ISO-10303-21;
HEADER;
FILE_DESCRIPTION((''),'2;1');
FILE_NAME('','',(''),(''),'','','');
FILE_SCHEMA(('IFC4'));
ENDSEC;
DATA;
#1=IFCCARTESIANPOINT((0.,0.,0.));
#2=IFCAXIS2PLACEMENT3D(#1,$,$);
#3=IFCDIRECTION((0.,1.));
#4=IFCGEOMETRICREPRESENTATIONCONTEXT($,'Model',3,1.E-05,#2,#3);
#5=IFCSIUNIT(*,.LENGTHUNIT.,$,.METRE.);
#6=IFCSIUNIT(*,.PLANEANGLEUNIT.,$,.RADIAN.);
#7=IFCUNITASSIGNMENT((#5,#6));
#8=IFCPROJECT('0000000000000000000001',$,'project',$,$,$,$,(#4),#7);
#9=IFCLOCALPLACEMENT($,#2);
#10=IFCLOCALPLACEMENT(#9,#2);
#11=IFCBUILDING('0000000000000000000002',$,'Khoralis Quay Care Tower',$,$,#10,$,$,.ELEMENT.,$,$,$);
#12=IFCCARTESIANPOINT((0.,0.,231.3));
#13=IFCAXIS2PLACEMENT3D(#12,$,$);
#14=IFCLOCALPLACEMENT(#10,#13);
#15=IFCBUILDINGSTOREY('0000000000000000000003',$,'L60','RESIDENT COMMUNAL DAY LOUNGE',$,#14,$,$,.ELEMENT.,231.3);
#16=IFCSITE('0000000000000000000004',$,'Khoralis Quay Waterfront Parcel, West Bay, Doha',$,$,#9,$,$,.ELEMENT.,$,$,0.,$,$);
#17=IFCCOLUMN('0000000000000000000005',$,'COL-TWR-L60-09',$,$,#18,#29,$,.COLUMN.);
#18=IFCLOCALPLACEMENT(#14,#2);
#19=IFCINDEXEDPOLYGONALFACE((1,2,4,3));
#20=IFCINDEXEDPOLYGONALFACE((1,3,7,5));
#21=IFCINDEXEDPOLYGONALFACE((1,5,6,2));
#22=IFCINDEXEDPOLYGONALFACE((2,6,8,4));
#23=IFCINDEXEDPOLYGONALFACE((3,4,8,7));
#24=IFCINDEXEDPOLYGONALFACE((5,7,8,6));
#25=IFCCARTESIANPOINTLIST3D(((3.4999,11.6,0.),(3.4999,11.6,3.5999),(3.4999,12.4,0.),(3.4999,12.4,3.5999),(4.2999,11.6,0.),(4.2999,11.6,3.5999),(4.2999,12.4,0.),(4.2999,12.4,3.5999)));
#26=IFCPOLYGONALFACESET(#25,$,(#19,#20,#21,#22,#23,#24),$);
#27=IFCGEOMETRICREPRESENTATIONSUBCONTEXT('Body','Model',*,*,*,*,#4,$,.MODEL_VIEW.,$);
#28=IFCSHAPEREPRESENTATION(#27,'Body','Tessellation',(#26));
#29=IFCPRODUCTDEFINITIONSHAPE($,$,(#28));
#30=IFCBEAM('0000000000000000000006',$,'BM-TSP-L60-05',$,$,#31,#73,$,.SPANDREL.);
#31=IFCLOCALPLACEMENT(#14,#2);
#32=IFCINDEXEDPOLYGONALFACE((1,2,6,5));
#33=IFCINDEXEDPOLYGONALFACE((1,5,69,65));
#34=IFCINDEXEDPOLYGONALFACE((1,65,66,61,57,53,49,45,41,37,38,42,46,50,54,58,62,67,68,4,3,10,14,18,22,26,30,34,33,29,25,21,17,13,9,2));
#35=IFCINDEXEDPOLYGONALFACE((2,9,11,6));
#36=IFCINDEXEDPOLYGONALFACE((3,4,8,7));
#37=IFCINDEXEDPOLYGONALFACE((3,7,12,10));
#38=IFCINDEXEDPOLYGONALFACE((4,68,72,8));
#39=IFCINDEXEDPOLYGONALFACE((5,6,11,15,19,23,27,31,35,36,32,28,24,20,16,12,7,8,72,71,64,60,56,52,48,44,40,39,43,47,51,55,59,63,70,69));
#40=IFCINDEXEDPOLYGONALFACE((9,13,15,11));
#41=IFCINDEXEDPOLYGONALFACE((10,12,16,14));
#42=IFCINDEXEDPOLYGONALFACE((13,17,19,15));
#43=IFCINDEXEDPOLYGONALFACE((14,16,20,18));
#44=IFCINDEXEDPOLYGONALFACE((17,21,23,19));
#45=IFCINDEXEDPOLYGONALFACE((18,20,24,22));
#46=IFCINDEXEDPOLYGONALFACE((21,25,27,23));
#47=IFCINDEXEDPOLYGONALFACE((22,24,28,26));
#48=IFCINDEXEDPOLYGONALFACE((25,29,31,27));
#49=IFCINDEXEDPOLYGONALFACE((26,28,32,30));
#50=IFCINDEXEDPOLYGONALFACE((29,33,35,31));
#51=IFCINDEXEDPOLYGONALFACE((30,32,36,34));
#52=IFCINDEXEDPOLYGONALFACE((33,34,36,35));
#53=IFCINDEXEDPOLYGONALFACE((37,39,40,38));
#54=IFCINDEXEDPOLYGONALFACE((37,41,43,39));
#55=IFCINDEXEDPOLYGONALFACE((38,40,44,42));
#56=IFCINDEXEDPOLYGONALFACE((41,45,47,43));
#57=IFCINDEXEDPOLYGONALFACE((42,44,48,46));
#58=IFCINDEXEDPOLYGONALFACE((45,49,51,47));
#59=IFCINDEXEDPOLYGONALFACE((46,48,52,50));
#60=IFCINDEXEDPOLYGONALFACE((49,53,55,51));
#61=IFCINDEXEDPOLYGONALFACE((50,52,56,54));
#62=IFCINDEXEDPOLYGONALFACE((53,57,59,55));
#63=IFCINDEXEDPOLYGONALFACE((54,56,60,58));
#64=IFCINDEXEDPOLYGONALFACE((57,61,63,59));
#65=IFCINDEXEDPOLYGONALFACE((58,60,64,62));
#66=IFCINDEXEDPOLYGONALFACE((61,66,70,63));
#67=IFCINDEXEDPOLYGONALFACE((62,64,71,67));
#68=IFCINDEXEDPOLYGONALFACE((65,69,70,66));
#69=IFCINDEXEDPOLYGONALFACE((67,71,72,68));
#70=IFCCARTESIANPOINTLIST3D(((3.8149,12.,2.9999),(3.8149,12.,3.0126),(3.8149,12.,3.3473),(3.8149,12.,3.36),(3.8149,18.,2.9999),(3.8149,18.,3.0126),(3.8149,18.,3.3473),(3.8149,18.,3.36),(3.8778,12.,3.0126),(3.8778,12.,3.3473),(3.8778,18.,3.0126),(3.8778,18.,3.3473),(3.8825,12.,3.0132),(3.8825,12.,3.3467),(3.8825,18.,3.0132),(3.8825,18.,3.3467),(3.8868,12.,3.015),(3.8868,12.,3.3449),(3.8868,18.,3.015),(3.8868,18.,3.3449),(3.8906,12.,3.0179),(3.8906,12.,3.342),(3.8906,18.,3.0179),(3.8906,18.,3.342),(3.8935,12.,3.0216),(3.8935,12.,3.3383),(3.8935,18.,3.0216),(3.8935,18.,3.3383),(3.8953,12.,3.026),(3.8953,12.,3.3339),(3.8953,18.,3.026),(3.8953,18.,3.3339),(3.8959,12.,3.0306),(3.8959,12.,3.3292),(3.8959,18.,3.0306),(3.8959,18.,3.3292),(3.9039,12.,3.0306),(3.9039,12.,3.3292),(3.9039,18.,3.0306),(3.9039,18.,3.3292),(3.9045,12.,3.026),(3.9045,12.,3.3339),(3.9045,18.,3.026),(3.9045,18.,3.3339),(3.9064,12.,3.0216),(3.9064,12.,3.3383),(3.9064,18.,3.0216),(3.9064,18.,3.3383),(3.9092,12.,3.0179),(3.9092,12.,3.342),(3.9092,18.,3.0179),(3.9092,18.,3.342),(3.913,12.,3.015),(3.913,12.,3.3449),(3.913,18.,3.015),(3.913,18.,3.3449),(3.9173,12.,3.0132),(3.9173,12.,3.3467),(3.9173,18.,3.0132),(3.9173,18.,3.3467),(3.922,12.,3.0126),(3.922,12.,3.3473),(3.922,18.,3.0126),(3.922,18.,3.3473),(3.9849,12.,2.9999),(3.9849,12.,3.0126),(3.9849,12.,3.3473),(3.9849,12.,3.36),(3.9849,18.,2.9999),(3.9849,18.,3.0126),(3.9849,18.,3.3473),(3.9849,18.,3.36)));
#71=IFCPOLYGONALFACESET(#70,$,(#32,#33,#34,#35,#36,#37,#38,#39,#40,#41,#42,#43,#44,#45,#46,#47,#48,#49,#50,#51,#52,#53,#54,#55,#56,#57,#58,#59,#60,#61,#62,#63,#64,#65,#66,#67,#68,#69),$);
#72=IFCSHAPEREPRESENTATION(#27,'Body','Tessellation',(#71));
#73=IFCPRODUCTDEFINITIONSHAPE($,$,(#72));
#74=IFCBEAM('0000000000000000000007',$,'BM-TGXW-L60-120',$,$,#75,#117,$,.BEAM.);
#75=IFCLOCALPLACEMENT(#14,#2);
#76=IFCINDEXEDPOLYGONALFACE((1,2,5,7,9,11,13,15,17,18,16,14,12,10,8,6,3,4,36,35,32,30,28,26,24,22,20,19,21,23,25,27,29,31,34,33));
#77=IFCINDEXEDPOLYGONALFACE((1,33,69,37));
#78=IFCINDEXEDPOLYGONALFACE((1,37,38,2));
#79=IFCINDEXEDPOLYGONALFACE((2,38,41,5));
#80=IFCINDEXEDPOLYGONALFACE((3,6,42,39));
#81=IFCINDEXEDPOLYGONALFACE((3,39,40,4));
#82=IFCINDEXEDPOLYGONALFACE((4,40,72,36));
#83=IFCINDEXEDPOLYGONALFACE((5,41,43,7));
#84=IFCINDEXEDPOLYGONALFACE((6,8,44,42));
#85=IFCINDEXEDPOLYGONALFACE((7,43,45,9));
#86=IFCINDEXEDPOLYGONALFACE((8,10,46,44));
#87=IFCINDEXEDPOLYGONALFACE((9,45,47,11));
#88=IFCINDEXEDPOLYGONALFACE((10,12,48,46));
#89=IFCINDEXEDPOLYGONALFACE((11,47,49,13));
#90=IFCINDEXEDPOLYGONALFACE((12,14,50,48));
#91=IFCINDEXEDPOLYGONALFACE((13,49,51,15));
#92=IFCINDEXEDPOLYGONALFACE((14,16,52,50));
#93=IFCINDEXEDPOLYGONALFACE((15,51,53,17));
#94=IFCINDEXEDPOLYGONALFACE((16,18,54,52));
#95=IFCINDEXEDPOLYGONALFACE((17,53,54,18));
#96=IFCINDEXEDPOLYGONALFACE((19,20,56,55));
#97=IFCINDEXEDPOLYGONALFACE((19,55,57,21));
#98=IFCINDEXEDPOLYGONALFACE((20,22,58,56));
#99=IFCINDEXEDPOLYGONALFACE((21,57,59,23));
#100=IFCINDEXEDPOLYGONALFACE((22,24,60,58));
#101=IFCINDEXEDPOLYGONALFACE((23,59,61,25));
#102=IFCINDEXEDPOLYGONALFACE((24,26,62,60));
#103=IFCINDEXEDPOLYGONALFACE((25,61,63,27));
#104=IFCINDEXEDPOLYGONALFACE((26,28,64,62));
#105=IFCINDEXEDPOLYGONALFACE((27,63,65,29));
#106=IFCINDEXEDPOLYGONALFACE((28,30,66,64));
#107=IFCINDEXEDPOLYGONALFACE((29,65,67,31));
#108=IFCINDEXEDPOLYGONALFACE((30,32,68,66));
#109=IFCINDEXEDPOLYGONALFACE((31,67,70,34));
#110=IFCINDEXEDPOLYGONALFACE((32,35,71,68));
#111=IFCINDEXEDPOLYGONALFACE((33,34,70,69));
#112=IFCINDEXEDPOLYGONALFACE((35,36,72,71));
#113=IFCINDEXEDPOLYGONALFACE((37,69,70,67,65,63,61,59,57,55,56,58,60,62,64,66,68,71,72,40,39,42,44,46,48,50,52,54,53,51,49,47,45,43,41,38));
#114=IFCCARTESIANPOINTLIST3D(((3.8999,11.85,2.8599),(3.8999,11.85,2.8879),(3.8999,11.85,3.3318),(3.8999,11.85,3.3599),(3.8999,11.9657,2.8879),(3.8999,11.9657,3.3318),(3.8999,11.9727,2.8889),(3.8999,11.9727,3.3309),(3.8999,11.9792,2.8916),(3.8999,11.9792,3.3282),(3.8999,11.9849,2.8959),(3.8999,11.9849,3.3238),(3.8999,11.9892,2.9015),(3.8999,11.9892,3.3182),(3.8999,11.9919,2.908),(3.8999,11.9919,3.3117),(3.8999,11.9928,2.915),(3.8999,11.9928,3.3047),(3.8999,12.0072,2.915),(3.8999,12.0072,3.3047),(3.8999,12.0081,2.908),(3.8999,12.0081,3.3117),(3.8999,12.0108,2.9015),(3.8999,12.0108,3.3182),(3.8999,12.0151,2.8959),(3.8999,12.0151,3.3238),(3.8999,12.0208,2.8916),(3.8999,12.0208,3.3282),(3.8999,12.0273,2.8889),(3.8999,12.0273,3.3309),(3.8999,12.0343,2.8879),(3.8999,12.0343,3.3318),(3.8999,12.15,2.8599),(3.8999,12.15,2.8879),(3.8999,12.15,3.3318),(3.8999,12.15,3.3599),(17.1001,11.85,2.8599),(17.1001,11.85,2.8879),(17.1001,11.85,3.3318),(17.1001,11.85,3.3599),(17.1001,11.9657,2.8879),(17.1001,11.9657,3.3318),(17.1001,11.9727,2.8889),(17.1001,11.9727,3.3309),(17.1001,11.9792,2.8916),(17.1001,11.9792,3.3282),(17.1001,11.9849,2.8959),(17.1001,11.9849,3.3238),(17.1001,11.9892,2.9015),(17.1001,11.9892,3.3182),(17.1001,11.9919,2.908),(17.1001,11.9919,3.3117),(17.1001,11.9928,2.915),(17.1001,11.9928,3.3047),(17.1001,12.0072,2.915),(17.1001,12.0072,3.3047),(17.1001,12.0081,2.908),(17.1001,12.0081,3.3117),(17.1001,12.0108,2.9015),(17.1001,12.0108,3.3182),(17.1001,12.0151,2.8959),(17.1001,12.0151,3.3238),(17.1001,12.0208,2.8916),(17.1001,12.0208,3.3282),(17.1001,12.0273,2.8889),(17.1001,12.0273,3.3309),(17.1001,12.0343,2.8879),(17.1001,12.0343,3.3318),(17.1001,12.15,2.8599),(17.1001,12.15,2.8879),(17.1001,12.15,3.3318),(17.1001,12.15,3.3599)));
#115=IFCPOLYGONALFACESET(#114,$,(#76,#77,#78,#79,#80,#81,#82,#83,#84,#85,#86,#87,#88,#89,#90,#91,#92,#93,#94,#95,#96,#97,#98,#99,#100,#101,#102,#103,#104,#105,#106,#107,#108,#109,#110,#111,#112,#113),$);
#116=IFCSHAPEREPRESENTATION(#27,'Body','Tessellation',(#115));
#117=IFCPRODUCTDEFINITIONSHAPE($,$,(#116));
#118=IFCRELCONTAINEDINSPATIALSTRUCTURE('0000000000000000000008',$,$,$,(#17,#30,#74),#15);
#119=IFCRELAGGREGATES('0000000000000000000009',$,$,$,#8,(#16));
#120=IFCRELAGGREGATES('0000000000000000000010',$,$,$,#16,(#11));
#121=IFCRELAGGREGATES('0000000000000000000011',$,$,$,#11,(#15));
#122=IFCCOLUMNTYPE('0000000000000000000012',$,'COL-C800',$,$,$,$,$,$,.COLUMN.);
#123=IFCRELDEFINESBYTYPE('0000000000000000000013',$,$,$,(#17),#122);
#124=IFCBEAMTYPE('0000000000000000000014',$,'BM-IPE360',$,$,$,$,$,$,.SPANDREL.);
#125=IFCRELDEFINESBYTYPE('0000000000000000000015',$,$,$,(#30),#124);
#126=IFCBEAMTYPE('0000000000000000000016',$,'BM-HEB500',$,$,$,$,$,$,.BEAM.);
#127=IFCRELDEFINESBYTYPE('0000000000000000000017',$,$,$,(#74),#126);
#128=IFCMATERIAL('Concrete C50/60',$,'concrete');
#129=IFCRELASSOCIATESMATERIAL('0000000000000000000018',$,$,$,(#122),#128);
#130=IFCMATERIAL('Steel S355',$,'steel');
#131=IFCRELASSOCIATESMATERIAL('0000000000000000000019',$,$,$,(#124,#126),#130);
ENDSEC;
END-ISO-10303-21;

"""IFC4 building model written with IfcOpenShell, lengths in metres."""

from ifc_helpers import new_model, si_unit, direction, frame, origin, origin_2d, place, context, subcontext, project, spatial, rectangle, i_section, extrude, source, transform, mapped, material, material_profile, profile_set, type_object, element, save


model = new_model("IFC4")

# Units and contexts
model_context = context("Model", 3, precision=1e-05, world=origin(), true_north=direction((0.0, 1.0)))
body_context = subcontext(model_context, "Body", "Model", "MODEL_VIEW")
ifc_project = project(units=[si_unit("LENGTHUNIT", "METRE"), si_unit("PLANEANGLEUNIT", "RADIAN")], contexts=[model_context])

# Site, building, storey
site_placement = place(None, origin())
site = spatial("IfcSite", under=ifc_project, at=site_placement, Name="Khoralis Quay Waterfront Parcel, West Bay, Doha", CompositionType="ELEMENT", RefElevation=0.0)
building_placement = place(site_placement, origin())
building = spatial("IfcBuilding", under=site, at=building_placement, Name="Khoralis Quay Care Tower", CompositionType="ELEMENT")
storey_placement = place(building_placement, frame((0.0, 0.0, 231.3)))
storey = spatial("IfcBuildingStorey", under=building, at=storey_placement, Name="L60", Description="RESIDENT COMMUNAL DAY LOUNGE", CompositionType="ELEMENT", Elevation=231.3)

# Column
ifc_material_1 = material(Name="Concrete C50/60", Category="concrete")
ifc_material_profile_1 = material_profile(ifc_material_1, rectangle(XDim=0.8, YDim=0.8, at=origin_2d()), Name="Concrete C50/60")
ifc_profile_set_1 = profile_set([ifc_material_profile_1], Name="Concrete C50/60")
column_type = type_object("IfcColumnType", Name="COL-C800", PredefinedType="COLUMN", material=ifc_profile_set_1)
shared_shape_1 = source(origin(), body_context, "Body", "SweptSolid", [
    extrude(rectangle(XDim=0.8, YDim=0.8, at=origin_2d()), origin(), (0.0, 0.0, 1.0), 3.5999),
])
column_placement = place(storey_placement, frame((3.8999, 12.0, 0.0), z_axis=(0.0, 0.0, 1.0), x_axis=(1.0, 0.0, 0.0)))
element("IfcColumn", 1, at=column_placement, inside=storey, type_object=column_type, Name="COL-TWR-L60-09", PredefinedType="COLUMN", context=body_context, shape_type="MappedRepresentation", body=[
    mapped(shared_shape_1, transform((0.0, 0.0, 0.0), scale=1.0)),
])

# Beams
ifc_material_2 = material(Name="Steel S355", Category="steel")
ifc_material_profile_2 = material_profile(ifc_material_2, i_section(OverallWidth=0.1699, OverallDepth=0.3601, WebThickness=0.0081, FlangeThickness=0.0127, FilletRadius=0.0181, at=origin_2d()), Name="Steel S355")
ifc_profile_set_2 = profile_set([ifc_material_profile_2], Name="Steel S355")
beam_type_1 = type_object("IfcBeamType", Name="BM-IPE360", PredefinedType="SPANDREL", material=ifc_profile_set_2)
shared_shape_2 = source(origin(), body_context, "Body", "SweptSolid", [
    extrude(i_section(OverallWidth=0.1699, OverallDepth=0.3601, WebThickness=0.0081, FlangeThickness=0.0127, FilletRadius=0.0181, at=origin_2d()), origin(), (0.0, 0.0, 1.0), 6.0),
])
beam_1_placement = place(storey_placement, frame((3.8999, 12.0, 3.1799), z_axis=(0.0, 1.0, 0.0), x_axis=(-1.0, 0.0, 0.0)))
element("IfcBeam", 2, at=beam_1_placement, inside=storey, type_object=beam_type_1, Name="BM-TSP-L60-05", PredefinedType="SPANDREL", context=body_context, shape_type="MappedRepresentation", body=[
    mapped(shared_shape_2, transform((0.0, 0.0, 0.0), scale=1.0)),
])
ifc_material_profile_3 = material_profile(ifc_material_2, i_section(OverallWidth=0.3, OverallDepth=0.5, WebThickness=0.0144, FlangeThickness=0.0281, FilletRadius=0.0271, at=origin_2d()), Name="Steel S355")
ifc_profile_set_3 = profile_set([ifc_material_profile_3], Name="Steel S355")
beam_type_2 = type_object("IfcBeamType", Name="BM-HEB500", PredefinedType="BEAM", material=ifc_profile_set_3)
shared_shape_3 = source(origin(), body_context, "Body", "SweptSolid", [
    extrude(i_section(OverallWidth=0.3, OverallDepth=0.5, WebThickness=0.0144, FlangeThickness=0.0281, FilletRadius=0.0271, at=origin_2d()), origin(), (0.0, 0.0, 1.0), 13.2002),
])
beam_2_placement = place(storey_placement, frame((3.8999, 12.0, 3.1099), z_axis=(1.0, 0.0, 0.0), x_axis=(0.0, 1.0, 0.0)))
element("IfcBeam", 3, at=beam_2_placement, inside=storey, type_object=beam_type_2, Name="BM-TGXW-L60-120", PredefinedType="BEAM", context=body_context, shape_type="MappedRepresentation", body=[
    mapped(shared_shape_3, transform((0.0, 0.0, 0.0), scale=1.0)),
])

save(model, "model.ifc")
